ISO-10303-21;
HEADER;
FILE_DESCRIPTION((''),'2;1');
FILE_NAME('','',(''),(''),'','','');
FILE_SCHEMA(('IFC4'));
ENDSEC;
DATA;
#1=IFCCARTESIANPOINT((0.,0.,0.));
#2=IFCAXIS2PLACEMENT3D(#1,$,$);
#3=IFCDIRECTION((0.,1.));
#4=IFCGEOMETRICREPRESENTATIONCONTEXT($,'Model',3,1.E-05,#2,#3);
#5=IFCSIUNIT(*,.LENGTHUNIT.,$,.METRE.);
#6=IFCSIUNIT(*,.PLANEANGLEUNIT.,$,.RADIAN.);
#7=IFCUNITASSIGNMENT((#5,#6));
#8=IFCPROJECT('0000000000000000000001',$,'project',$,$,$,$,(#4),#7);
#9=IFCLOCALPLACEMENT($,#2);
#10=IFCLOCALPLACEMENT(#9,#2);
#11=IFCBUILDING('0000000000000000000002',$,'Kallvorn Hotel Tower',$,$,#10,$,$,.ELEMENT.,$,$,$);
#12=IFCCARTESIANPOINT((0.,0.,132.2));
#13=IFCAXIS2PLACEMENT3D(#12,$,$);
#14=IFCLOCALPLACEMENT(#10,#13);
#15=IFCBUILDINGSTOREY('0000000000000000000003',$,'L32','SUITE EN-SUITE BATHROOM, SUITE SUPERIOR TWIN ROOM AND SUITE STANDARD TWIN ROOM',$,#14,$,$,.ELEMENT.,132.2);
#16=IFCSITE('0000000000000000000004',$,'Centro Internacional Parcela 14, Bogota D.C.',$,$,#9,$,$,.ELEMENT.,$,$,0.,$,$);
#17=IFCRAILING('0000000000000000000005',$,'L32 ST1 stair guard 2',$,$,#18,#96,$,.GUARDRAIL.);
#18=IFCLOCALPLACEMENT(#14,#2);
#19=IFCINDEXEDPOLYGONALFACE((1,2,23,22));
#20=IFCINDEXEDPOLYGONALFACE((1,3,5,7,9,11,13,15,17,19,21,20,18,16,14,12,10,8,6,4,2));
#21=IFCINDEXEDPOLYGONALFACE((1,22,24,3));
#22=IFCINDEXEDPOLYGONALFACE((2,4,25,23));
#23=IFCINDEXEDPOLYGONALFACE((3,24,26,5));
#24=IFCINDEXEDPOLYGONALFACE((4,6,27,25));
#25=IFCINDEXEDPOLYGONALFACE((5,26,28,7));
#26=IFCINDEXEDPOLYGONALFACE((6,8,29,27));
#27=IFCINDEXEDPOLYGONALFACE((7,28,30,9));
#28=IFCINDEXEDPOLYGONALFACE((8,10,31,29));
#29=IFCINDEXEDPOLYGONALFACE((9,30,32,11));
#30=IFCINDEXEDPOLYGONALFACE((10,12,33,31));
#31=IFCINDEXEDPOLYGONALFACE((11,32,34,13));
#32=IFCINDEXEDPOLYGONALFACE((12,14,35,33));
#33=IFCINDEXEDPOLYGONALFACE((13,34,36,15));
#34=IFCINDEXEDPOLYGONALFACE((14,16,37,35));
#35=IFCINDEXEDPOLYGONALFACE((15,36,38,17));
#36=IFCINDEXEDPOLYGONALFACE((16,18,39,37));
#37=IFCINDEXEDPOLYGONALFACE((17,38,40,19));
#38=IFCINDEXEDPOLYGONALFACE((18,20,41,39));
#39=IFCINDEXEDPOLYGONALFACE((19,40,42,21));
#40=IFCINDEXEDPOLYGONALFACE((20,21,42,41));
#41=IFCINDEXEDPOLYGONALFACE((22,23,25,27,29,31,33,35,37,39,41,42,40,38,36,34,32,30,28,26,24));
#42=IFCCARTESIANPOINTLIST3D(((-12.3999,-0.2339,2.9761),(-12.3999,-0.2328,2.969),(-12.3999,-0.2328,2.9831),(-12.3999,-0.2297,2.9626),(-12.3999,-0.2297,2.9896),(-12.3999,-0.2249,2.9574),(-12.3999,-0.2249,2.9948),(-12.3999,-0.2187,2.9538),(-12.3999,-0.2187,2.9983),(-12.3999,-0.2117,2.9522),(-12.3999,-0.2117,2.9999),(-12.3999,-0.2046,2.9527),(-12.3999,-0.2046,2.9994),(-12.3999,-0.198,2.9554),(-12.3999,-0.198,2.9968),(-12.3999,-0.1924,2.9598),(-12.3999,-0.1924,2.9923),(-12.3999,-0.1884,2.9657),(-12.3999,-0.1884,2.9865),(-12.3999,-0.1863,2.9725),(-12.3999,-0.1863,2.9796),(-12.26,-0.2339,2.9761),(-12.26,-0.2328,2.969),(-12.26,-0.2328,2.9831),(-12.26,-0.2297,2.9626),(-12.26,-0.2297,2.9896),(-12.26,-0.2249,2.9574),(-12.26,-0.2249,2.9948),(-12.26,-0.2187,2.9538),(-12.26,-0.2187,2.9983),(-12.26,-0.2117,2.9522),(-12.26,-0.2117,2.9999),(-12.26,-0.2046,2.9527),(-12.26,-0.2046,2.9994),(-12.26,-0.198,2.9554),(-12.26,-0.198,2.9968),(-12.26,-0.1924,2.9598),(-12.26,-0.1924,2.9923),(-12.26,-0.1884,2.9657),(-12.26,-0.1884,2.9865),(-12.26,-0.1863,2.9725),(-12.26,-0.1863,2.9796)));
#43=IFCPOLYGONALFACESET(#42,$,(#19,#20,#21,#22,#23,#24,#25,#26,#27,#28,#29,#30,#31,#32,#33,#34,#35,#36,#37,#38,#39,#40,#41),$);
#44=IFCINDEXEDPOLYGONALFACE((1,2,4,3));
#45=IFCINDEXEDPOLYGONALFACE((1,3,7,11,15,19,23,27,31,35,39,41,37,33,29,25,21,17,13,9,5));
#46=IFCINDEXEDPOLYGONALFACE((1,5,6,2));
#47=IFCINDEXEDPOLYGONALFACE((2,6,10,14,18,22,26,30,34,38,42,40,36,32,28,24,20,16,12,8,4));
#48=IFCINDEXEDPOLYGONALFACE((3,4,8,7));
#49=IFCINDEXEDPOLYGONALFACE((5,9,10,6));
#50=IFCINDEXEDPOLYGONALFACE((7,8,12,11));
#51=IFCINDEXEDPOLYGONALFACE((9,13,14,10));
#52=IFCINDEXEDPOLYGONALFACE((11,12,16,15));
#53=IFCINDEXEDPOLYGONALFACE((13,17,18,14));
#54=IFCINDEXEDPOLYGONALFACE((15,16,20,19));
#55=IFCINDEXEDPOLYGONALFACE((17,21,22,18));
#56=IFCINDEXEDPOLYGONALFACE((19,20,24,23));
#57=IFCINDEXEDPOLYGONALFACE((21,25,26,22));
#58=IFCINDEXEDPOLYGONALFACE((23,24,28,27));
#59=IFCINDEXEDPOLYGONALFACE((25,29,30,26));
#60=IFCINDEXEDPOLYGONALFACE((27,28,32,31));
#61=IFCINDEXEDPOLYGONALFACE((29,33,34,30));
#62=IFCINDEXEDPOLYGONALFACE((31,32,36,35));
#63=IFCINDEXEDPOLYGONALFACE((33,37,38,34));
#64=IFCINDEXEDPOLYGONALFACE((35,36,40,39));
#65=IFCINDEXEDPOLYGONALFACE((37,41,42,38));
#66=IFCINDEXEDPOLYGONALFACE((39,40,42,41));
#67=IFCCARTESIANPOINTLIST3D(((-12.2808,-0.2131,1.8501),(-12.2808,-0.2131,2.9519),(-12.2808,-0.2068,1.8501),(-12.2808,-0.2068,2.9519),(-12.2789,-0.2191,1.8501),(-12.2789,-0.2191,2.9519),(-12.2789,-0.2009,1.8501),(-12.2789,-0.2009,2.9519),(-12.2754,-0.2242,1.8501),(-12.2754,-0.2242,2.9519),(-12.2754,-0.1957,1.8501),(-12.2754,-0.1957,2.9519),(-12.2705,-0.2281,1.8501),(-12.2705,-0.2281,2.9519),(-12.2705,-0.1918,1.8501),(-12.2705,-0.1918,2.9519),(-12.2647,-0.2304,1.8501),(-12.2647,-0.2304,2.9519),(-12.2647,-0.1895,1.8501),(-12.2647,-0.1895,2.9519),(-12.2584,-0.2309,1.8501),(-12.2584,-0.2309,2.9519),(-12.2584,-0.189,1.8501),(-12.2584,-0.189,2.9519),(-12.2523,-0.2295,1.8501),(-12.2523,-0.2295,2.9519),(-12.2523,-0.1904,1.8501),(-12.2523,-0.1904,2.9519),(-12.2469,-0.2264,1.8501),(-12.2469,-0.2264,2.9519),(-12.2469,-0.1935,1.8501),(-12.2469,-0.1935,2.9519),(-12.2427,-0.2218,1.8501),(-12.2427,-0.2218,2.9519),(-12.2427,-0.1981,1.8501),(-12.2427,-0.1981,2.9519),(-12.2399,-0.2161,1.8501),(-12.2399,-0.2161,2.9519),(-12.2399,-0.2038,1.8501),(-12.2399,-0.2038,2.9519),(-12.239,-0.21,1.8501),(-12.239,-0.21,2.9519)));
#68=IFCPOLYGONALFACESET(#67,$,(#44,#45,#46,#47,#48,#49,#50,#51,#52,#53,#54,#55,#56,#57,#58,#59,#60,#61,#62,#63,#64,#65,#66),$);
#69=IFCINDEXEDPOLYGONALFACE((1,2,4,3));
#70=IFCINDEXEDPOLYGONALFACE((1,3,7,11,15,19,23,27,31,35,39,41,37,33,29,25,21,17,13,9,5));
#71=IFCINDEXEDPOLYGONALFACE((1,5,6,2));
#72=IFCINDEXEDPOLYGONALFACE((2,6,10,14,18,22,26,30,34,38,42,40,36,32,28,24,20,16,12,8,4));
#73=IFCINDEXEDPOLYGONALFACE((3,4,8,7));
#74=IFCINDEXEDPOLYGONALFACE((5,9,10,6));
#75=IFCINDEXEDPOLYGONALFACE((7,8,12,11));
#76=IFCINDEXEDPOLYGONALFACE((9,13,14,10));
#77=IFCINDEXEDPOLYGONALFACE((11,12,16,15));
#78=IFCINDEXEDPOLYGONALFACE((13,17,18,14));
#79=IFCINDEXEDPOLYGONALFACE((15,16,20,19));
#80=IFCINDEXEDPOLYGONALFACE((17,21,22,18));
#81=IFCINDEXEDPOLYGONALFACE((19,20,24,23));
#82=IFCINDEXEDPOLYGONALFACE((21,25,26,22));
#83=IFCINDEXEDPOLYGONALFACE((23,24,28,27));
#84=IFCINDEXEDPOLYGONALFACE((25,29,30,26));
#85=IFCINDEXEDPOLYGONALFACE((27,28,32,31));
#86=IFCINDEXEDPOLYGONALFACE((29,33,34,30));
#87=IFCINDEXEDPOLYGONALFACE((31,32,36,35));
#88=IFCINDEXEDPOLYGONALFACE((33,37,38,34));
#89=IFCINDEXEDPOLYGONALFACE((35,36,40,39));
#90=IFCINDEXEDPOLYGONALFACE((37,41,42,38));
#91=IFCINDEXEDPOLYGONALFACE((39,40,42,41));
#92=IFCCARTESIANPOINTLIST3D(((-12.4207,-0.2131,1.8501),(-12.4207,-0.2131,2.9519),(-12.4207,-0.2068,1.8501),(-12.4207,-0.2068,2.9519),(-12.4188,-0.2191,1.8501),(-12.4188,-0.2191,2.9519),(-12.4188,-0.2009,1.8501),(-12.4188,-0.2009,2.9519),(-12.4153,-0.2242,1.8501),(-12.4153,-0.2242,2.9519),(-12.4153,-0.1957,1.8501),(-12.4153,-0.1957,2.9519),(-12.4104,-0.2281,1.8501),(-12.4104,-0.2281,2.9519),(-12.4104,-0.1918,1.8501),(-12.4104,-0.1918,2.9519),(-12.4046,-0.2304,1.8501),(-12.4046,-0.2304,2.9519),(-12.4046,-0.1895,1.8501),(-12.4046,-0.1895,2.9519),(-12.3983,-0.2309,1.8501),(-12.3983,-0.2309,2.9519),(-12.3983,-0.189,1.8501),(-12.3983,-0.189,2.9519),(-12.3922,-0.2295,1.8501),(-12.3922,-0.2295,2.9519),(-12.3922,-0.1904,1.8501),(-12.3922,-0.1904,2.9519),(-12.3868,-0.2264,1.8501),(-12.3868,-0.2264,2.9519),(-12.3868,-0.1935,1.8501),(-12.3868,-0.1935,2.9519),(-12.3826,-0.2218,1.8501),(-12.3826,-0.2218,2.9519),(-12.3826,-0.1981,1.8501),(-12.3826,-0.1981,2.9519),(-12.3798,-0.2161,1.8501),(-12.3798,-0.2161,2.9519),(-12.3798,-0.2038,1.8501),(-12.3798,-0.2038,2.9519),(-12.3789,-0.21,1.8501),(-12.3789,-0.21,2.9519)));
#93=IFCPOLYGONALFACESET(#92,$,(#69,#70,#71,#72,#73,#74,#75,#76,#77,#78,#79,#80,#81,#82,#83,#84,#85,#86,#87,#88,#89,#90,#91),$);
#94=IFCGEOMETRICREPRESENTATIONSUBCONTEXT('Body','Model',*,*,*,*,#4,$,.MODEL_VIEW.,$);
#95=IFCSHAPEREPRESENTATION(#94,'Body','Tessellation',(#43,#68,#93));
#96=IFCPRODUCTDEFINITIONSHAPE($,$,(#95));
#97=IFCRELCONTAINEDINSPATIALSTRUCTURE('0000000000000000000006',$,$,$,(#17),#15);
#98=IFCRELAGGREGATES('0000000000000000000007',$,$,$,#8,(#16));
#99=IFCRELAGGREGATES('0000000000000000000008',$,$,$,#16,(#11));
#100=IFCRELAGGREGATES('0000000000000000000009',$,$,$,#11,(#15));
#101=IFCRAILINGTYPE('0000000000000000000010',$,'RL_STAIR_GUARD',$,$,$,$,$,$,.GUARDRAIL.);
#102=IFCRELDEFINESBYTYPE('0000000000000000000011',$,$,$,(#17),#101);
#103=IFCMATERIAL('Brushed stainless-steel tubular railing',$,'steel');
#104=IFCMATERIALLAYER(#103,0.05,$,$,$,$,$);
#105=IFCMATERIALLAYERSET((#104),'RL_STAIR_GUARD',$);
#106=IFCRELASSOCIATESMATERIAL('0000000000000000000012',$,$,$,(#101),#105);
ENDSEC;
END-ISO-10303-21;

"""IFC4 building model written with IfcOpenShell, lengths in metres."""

from ifc_helpers import new_model, si_unit, direction, frame, origin, origin_2d, place, context, subcontext, project, spatial, circle, extrude, material, layer, layer_set, type_object, element, save


model = new_model("IFC4")

# Units and contexts
model_context = context("Model", 3, precision=1e-05, world=origin(), true_north=direction((0.0, 1.0)))
body_context = subcontext(model_context, "Body", "Model", "MODEL_VIEW")
ifc_project = project(units=[si_unit("LENGTHUNIT", "METRE"), si_unit("PLANEANGLEUNIT", "RADIAN")], contexts=[model_context])

# Site, building, storey
site_placement = place(None, origin())
site = spatial("IfcSite", under=ifc_project, at=site_placement, Name="Centro Internacional Parcela 14, Bogota D.C.", CompositionType="ELEMENT", RefElevation=0.0)
building_placement = place(site_placement, origin())
building = spatial("IfcBuilding", under=site, at=building_placement, Name="Kallvorn Hotel Tower", CompositionType="ELEMENT")
storey_placement = place(building_placement, frame((0.0, 0.0, 132.2)))
storey = spatial("IfcBuildingStorey", under=building, at=storey_placement, Name="L32", Description="SUITE EN-SUITE BATHROOM, SUITE SUPERIOR TWIN ROOM AND SUITE STANDARD TWIN ROOM", CompositionType="ELEMENT", Elevation=132.2)

# Railing
ifc_material_1 = material(Name="Brushed stainless-steel tubular railing", Category="steel")
ifc_layer_1 = layer(ifc_material_1, 0.05)
ifc_layer_set_1 = layer_set([ifc_layer_1], Name="RL_STAIR_GUARD")
railing_type_1 = type_object("IfcRailingType", Name="RL_STAIR_GUARD", PredefinedType="GUARDRAIL", material=ifc_layer_set_1)
railing_1_placement = place(storey_placement, frame((-12.26, -0.21, 1.8501)))
element("IfcRailing", 1, at=railing_1_placement, inside=storey, type_object=railing_type_1, Name="L32 ST1 stair guard 2", PredefinedType="GUARDRAIL", context=body_context, shape_type="SweptSolid", body=[
    extrude(circle(Radius=0.0239, at=origin_2d()), frame((0.0, 0.0, 1.126), z_axis=(-1.0, 0.0, 0.0), x_axis=(0.0, -1.0, 0.0)), (0.0, 0.0, 1.0), 0.1399),
    extrude(circle(Radius=0.021, at=origin_2d()), origin(), (0.0, 0.0, 1.0), 1.1018),
    extrude(circle(Radius=0.021, at=origin_2d()), frame((-0.1399, 0.0, 0.0)), (0.0, 0.0, 1.0), 1.1018),
])

save(model, "model.ifc")
